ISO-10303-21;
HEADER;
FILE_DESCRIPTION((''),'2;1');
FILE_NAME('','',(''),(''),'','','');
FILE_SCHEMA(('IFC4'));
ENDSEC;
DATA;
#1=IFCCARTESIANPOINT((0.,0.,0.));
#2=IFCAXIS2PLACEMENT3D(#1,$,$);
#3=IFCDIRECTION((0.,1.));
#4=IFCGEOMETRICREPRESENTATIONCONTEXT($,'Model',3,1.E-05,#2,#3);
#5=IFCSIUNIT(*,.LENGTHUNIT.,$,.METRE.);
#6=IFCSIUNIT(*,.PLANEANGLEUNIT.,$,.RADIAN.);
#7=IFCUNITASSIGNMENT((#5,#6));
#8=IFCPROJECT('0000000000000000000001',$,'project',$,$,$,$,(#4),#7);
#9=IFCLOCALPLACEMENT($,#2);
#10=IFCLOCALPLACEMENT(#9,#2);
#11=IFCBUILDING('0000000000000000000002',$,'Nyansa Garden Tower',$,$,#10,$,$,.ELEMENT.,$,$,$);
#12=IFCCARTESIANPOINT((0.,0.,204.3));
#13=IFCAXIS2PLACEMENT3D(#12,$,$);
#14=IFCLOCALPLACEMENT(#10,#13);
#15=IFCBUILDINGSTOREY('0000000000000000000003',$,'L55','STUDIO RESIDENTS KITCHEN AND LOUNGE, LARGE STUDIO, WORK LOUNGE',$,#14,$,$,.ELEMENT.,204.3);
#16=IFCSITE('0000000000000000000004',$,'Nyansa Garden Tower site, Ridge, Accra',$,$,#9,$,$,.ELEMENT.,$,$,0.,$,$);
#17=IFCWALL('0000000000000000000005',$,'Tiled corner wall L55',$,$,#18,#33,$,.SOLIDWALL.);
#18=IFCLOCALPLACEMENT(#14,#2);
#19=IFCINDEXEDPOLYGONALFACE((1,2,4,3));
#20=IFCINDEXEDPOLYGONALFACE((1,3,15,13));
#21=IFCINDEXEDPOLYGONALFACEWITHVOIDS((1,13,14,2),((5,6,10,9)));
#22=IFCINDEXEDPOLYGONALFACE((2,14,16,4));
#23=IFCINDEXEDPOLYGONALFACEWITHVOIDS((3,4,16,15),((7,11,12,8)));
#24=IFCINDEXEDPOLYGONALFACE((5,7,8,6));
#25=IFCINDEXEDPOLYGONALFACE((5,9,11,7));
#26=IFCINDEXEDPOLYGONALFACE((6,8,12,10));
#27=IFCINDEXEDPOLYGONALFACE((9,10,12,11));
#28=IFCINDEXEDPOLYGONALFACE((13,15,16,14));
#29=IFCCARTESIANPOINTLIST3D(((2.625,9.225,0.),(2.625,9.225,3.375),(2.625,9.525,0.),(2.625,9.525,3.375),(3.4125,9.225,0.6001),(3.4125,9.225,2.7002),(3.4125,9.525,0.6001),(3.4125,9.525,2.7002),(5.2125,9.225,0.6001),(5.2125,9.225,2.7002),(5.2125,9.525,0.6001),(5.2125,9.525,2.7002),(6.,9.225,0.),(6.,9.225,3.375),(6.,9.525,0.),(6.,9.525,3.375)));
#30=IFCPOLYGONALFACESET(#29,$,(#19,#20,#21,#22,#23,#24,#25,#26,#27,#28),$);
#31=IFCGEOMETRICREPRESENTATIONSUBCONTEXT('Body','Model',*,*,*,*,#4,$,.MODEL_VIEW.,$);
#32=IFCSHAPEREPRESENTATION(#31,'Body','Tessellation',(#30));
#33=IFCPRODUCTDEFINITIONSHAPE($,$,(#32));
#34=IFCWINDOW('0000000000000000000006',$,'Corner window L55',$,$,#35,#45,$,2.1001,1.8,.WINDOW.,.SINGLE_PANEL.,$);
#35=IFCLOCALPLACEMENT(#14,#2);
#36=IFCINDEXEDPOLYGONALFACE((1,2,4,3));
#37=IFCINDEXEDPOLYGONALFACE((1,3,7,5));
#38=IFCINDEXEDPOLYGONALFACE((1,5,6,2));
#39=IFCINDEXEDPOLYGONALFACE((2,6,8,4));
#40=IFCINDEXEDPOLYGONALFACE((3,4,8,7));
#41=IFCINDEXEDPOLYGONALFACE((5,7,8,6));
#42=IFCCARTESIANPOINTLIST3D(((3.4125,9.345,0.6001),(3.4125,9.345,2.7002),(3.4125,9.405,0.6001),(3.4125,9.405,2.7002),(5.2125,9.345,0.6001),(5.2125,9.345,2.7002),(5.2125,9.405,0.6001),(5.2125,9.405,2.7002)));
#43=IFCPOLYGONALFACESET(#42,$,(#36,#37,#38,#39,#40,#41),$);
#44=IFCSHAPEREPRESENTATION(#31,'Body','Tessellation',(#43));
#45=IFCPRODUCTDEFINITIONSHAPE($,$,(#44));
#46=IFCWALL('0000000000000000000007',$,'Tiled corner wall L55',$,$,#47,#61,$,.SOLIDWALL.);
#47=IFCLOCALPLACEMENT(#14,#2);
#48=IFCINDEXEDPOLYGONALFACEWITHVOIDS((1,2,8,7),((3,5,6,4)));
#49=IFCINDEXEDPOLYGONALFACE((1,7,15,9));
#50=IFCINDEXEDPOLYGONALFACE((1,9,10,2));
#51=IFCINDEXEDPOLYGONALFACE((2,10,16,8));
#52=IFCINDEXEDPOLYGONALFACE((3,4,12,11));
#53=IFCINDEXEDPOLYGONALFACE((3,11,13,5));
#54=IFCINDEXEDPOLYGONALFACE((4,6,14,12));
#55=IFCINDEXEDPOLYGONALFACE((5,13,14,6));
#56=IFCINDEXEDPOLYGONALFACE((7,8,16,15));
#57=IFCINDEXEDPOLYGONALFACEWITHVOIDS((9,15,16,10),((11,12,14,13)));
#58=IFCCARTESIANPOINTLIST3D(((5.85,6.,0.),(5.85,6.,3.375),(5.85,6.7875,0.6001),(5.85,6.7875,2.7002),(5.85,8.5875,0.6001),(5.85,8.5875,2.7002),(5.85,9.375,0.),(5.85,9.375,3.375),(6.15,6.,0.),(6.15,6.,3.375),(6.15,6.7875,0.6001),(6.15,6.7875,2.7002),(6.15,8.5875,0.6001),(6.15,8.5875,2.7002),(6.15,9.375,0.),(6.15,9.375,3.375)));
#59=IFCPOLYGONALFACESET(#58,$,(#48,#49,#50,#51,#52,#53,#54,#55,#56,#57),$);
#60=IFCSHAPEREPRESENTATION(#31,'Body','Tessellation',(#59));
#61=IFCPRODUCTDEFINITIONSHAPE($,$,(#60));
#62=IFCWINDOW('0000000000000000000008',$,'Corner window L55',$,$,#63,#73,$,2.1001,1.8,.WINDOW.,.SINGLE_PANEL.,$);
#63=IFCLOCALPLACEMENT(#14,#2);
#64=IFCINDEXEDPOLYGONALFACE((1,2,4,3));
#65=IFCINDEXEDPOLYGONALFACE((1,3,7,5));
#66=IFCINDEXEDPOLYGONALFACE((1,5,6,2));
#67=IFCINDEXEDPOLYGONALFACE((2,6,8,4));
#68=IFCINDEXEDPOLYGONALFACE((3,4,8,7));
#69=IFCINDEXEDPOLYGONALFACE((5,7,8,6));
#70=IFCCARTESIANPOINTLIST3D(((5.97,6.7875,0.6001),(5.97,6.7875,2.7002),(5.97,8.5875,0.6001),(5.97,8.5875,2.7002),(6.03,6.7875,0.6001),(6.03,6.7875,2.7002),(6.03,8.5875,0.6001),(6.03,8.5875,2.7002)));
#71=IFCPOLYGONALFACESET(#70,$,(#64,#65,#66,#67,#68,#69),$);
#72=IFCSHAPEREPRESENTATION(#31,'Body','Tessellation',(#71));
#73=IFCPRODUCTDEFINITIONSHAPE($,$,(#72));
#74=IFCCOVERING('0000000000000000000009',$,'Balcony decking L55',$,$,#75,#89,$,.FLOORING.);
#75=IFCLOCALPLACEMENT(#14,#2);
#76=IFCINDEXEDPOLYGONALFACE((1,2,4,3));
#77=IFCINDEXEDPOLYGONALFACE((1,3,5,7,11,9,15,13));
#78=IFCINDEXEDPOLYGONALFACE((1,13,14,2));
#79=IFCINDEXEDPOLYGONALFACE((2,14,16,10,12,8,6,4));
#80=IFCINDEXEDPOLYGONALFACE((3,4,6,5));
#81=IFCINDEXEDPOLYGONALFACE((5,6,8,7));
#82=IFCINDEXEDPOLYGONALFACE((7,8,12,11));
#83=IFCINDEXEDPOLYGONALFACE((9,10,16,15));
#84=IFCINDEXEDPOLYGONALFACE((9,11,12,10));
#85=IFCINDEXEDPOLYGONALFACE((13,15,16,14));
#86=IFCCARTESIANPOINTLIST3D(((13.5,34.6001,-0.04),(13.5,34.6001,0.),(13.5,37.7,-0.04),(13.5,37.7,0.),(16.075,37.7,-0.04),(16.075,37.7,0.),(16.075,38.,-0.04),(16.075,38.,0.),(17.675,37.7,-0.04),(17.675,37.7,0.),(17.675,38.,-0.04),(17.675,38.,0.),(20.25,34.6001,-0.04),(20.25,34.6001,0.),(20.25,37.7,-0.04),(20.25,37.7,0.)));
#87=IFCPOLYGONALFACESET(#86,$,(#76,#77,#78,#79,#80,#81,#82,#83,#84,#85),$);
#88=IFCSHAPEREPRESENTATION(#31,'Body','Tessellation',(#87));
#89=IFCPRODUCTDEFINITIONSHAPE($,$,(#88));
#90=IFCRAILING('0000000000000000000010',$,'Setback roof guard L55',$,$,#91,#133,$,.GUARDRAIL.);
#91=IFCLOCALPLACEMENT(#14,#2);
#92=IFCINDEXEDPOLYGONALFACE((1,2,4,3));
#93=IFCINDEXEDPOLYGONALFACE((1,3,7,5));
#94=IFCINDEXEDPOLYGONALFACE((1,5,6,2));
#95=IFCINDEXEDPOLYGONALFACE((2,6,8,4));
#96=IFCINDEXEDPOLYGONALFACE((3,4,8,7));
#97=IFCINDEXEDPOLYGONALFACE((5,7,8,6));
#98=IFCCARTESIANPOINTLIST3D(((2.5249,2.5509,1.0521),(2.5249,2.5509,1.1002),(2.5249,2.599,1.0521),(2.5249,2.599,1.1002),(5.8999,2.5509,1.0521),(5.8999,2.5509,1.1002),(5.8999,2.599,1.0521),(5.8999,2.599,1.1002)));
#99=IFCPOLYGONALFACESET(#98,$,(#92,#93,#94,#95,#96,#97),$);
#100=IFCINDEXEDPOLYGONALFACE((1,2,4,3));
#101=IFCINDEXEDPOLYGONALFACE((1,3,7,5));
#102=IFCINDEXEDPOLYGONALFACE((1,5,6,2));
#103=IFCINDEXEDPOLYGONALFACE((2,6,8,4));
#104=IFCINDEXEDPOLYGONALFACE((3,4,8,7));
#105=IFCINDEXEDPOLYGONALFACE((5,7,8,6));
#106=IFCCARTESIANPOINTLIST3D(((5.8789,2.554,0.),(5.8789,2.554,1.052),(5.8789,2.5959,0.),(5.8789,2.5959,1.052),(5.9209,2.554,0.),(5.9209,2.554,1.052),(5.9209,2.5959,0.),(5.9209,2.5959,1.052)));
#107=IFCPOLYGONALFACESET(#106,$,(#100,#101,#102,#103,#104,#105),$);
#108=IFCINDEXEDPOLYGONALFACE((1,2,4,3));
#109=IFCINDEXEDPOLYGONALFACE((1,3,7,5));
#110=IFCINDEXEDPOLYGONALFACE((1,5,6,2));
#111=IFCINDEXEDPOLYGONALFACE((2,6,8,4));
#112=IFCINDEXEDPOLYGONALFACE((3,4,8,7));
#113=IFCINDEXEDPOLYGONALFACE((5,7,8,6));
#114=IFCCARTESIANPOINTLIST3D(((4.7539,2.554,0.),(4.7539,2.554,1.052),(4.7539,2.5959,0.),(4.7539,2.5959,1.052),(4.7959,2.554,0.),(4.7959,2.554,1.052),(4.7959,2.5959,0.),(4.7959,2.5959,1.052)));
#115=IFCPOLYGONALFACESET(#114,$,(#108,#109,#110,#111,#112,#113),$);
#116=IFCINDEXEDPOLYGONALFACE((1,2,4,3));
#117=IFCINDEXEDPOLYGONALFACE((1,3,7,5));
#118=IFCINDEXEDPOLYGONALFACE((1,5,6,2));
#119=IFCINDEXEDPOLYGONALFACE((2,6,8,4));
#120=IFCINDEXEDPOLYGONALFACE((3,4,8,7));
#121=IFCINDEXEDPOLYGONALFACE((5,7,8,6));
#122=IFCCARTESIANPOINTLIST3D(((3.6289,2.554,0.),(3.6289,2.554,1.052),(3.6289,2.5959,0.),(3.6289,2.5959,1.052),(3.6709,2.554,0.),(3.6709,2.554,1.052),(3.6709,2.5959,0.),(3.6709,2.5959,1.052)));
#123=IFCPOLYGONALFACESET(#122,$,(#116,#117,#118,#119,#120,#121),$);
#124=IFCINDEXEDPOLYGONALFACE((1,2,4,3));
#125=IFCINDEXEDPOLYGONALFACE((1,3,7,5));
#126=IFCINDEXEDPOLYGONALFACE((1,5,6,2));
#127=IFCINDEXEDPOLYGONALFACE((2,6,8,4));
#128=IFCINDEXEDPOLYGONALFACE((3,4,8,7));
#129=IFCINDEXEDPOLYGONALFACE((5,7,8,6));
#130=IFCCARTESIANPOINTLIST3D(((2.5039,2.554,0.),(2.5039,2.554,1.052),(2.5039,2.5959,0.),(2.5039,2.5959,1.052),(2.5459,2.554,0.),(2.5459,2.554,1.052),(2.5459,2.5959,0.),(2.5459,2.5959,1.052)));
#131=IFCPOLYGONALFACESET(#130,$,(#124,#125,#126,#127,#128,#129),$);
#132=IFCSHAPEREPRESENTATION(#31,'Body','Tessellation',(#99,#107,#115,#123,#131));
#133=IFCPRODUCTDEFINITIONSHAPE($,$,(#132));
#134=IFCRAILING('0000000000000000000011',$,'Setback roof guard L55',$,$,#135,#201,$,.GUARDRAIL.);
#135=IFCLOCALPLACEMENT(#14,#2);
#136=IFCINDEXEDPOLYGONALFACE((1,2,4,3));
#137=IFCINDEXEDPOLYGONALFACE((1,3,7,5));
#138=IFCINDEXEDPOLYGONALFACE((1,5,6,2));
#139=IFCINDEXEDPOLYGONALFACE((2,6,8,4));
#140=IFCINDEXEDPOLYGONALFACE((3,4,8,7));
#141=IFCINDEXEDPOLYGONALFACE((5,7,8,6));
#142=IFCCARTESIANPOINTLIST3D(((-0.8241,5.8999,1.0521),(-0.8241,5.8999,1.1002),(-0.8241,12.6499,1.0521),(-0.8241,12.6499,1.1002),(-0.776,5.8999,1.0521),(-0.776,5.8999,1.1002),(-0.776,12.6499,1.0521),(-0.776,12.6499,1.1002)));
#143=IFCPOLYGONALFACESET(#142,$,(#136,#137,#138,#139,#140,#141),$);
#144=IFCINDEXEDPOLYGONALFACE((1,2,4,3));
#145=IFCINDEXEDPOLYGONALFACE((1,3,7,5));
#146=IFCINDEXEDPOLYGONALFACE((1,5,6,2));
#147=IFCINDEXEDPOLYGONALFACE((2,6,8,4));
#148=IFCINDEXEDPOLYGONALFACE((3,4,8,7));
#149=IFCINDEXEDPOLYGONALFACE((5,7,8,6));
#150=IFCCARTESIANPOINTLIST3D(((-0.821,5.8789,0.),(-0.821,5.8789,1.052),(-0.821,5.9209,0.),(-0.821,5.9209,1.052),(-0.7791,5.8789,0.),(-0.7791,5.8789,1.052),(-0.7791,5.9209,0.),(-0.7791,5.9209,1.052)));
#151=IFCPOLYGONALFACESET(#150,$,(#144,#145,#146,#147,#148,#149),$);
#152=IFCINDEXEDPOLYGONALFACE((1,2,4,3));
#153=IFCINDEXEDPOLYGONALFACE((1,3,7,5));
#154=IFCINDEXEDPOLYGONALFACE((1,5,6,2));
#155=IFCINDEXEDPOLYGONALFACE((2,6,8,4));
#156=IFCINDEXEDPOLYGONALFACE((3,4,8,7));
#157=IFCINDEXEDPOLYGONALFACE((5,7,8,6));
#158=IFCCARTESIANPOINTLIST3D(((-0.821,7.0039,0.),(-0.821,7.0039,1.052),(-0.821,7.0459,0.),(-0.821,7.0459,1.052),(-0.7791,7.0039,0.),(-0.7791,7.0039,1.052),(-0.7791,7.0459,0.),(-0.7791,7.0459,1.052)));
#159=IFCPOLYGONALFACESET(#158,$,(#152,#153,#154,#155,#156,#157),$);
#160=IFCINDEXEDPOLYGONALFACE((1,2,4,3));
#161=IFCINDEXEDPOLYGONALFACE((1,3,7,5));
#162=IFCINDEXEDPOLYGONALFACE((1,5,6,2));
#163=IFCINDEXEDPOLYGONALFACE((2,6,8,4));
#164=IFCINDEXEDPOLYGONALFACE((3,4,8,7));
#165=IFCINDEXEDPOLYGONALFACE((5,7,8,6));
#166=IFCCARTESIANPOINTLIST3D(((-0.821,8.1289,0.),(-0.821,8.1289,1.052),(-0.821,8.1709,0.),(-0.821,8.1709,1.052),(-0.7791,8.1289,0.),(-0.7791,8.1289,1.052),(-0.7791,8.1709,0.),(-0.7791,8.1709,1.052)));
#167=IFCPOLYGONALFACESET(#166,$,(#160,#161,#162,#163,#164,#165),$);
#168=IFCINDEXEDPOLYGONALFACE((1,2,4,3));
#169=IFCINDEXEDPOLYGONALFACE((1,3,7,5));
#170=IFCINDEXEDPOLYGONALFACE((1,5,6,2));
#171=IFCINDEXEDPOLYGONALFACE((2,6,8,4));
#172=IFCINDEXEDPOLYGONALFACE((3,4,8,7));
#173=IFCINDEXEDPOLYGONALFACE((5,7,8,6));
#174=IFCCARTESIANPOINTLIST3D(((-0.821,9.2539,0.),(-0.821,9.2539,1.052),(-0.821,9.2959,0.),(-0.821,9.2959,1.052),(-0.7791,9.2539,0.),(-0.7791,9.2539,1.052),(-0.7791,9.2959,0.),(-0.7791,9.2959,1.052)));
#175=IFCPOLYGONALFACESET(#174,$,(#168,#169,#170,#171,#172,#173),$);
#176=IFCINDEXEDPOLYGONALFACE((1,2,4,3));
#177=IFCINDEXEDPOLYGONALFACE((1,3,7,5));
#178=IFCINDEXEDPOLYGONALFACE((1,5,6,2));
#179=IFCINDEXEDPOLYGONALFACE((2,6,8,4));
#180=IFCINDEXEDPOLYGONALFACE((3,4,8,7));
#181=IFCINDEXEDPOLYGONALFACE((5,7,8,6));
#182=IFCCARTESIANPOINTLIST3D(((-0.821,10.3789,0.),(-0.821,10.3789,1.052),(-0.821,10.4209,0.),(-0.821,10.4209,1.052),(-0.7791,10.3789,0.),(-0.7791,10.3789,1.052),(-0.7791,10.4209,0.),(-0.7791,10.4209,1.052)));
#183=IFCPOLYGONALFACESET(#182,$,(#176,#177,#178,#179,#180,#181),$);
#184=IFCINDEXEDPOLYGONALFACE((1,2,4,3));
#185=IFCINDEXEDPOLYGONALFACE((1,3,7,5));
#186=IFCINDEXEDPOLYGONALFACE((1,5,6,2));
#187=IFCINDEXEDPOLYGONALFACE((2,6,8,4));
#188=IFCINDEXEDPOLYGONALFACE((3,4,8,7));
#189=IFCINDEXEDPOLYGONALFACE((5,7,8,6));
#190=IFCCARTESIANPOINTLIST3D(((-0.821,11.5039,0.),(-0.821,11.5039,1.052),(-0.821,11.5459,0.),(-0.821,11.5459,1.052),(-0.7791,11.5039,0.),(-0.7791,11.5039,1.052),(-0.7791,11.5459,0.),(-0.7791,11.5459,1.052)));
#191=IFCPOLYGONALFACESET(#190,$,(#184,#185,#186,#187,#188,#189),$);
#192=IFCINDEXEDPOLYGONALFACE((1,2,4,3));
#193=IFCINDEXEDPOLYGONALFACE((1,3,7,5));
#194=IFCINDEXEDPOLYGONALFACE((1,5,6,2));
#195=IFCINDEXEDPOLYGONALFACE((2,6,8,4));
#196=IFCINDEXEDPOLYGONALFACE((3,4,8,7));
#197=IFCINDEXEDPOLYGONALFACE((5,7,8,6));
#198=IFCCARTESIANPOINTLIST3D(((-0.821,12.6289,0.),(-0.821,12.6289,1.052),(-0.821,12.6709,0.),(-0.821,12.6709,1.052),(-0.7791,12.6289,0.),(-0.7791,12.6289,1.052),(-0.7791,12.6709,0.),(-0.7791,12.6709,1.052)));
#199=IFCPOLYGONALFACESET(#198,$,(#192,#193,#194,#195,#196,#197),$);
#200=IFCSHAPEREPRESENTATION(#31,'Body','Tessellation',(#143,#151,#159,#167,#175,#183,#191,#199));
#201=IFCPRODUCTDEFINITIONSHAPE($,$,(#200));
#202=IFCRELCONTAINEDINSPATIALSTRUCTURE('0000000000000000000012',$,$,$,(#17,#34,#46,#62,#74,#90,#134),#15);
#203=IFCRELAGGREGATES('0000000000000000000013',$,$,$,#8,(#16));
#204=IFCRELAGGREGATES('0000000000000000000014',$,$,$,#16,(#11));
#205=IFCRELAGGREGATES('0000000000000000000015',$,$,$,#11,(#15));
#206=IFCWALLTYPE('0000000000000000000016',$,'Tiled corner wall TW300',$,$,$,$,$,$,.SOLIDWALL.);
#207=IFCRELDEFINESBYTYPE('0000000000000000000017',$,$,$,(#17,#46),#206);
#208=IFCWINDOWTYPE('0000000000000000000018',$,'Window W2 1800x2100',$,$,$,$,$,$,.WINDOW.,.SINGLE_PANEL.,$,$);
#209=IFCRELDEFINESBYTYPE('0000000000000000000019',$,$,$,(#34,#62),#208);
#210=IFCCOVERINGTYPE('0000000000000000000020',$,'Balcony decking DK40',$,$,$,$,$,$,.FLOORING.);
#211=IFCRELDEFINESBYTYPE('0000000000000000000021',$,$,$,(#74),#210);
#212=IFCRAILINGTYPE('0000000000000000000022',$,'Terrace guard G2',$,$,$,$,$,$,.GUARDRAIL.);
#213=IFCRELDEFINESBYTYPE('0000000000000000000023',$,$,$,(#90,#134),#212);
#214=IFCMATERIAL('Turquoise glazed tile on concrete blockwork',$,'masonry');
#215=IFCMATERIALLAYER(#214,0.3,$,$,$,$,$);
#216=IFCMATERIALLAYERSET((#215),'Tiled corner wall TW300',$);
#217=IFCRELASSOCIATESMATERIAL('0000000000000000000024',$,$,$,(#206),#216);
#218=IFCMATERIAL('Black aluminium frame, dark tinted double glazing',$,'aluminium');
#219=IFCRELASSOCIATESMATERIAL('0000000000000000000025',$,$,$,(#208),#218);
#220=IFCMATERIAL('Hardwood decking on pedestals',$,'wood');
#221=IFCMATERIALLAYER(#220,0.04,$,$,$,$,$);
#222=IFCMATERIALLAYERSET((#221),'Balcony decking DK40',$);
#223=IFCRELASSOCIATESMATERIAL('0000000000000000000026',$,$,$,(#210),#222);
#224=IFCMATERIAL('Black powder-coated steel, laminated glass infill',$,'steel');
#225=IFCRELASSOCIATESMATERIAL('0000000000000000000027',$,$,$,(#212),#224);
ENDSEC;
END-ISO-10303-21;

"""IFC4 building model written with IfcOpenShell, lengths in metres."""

from ifc_helpers import new_model, si_unit, direction, frame, frame_2d, origin, origin_2d, place, context, subcontext, project, spatial, polyline, rectangle, outline, extrude, material, layer, layer_set, type_object, element, fill, save


model = new_model("IFC4")

# Units and contexts
model_context = context("Model", 3, precision=1e-05, world=origin(), true_north=direction((0.0, 1.0)))
body_context = subcontext(model_context, "Body", "Model", "MODEL_VIEW")
ifc_project = project(units=[si_unit("LENGTHUNIT", "METRE"), si_unit("PLANEANGLEUNIT", "RADIAN")], contexts=[model_context])

# Site, building, storey
site_placement = place(None, origin())
site = spatial("IfcSite", under=ifc_project, at=site_placement, Name="Nyansa Garden Tower site, Ridge, Accra", CompositionType="ELEMENT", RefElevation=0.0)
building_placement = place(site_placement, origin())
building = spatial("IfcBuilding", under=site, at=building_placement, Name="Nyansa Garden Tower", CompositionType="ELEMENT")
storey_placement = place(building_placement, frame((0.0, 0.0, 204.3)))
storey = spatial("IfcBuildingStorey", under=building, at=storey_placement, Name="L55", Description="STUDIO RESIDENTS KITCHEN AND LOUNGE, LARGE STUDIO, WORK LOUNGE", CompositionType="ELEMENT", Elevation=204.3)

# Walls, openings, windows
ifc_material_1 = material(Name="Turquoise glazed tile on concrete blockwork", Category="masonry")
ifc_layer_1 = layer(ifc_material_1, 0.3)
ifc_layer_set_1 = layer_set([ifc_layer_1], Name="Tiled corner wall TW300")
wall_type_1 = type_object("IfcWallType", Name="Tiled corner wall TW300", PredefinedType="SOLIDWALL", material=ifc_layer_set_1)
wall_1_placement = place(storey_placement, frame((2.625, 9.375, 0.0), z_axis=(0.0, 0.0, 1.0), x_axis=(1.0, 0.0, 0.0)))
wall_1 = element("IfcWall", 1, at=wall_1_placement, inside=storey, type_object=wall_type_1, Name="Tiled corner wall L55", PredefinedType="SOLIDWALL", context=body_context, shape_type="SweptSolid", body=[
    extrude(rectangle(XDim=3.375, YDim=0.3, at=frame_2d((1.6875, 0.0))), origin(), (0.0, 0.0, 1.0), 3.375),
])
opening_1_placement = place(wall_1_placement, frame((0.7876, 0.0, 0.6001)))
opening_1 = element("IfcOpeningElement", 2, at=opening_1_placement, cuts=wall_1, PredefinedType="OPENING", context=body_context, shape_type="SweptSolid", body=[
    extrude(rectangle(XDim=1.8, YDim=2.1001, at=frame_2d((0.8999, 1.05))), frame((0.0, 0.1599, 0.0), z_axis=(0.0, -1.0, 0.0), x_axis=(1.0, 0.0, 0.0)), (0.0, 0.0, 1.0), 0.3201),
])
ifc_material_2 = material(Name="Black aluminium frame, dark tinted double glazing", Category="aluminium")
window_type = type_object("IfcWindowType", Name="Window W2 1800x2100", PartitioningType="SINGLE_PANEL", PredefinedType="WINDOW", material=ifc_material_2)
window_1_placement = place(opening_1_placement, origin())
window_1 = element("IfcWindow", 3, at=window_1_placement, inside=storey, type_object=window_type, Name="Corner window L55", OverallHeight=2.1001, OverallWidth=1.8, PartitioningType="SINGLE_PANEL", PredefinedType="WINDOW", context=body_context, shape_type="SweptSolid", body=[
    extrude(rectangle(XDim=1.8, YDim=2.1001, at=frame_2d((0.8999, 1.05))), frame((0.0, 0.03, 0.0), z_axis=(0.0, -1.0, 0.0), x_axis=(1.0, 0.0, 0.0)), (0.0, 0.0, 1.0), 0.0601),
])
fill(opening_1, window_1)
wall_2_placement = place(storey_placement, frame((6.0, 9.375, 0.0), z_axis=(0.0, 0.0, 1.0), x_axis=(0.0, -1.0, 0.0)))
wall_2 = element("IfcWall", 4, at=wall_2_placement, inside=storey, type_object=wall_type_1, Name="Tiled corner wall L55", PredefinedType="SOLIDWALL", context=body_context, shape_type="SweptSolid", body=[
    extrude(rectangle(XDim=3.375, YDim=0.3, at=frame_2d((1.6875, 0.0))), origin(), (0.0, 0.0, 1.0), 3.375),
])
opening_2_placement = place(wall_2_placement, frame((0.7876, 0.0, 0.6001)))
opening_2 = element("IfcOpeningElement", 5, at=opening_2_placement, cuts=wall_2, PredefinedType="OPENING", context=body_context, shape_type="SweptSolid", body=[
    extrude(rectangle(XDim=1.8, YDim=2.1001, at=frame_2d((0.8999, 1.05))), frame((0.0, 0.1599, 0.0), z_axis=(0.0, -1.0, 0.0), x_axis=(1.0, 0.0, 0.0)), (0.0, 0.0, 1.0), 0.3201),
])
window_2_placement = place(opening_2_placement, origin())
window_2 = element("IfcWindow", 6, at=window_2_placement, inside=storey, type_object=window_type, Name="Corner window L55", OverallHeight=2.1001, OverallWidth=1.8, PartitioningType="SINGLE_PANEL", PredefinedType="WINDOW", context=body_context, shape_type="SweptSolid", body=[
    extrude(rectangle(XDim=1.8, YDim=2.1001, at=frame_2d((0.8999, 1.05))), frame((0.0, 0.03, 0.0), z_axis=(0.0, -1.0, 0.0), x_axis=(1.0, 0.0, 0.0)), (0.0, 0.0, 1.0), 0.0601),
])
fill(opening_2, window_2)

# Covering
ifc_material_3 = material(Name="Hardwood decking on pedestals", Category="wood")
ifc_layer_2 = layer(ifc_material_3, 0.04)
ifc_layer_set_2 = layer_set([ifc_layer_2], Name="Balcony decking DK40")
covering_type_1 = type_object("IfcCoveringType", Name="Balcony decking DK40", PredefinedType="FLOORING", material=ifc_layer_set_2)
covering_1_placement = place(storey_placement, frame((0.0, 0.0, -0.04)))
element("IfcCovering", 7, at=covering_1_placement, inside=storey, type_object=covering_type_1, Name="Balcony decking L55", PredefinedType="FLOORING", context=body_context, shape_type="SweptSolid", body=[
    extrude(outline(polyline([(13.5, 34.6001), (20.25, 34.6001), (20.25, 37.7), (17.675, 37.7), (17.675, 38.0), (16.075, 38.0), (16.075, 37.7), (13.5, 37.7), (13.5, 34.6001)])), origin(), (0.0, 0.0, 1.0), 0.04),
])

# Railings
ifc_material_4 = material(Name="Black powder-coated steel, laminated glass infill", Category="steel")
railing_type = type_object("IfcRailingType", Name="Terrace guard G2", PredefinedType="GUARDRAIL", material=ifc_material_4)
railing_1_placement = place(storey_placement, frame((5.8999, 2.575, 0.0)))
element("IfcRailing", 8, at=railing_1_placement, inside=storey, type_object=railing_type, Name="Setback roof guard L55", PredefinedType="GUARDRAIL", context=body_context, shape_type="SweptSolid", body=[
    extrude(rectangle(XDim=0.0481, YDim=0.0481, at=origin_2d()), frame((0.0, 0.0, 1.0762), z_axis=(-1.0, 0.0, 0.0), x_axis=(0.0, -1.0, 0.0)), (0.0, 0.0, 1.0), 3.375),
    extrude(rectangle(XDim=0.042, YDim=0.042, at=origin_2d()), origin(), (0.0, 0.0, 1.0), 1.052),
    extrude(rectangle(XDim=0.042, YDim=0.042, at=origin_2d()), frame((-1.125, 0.0, 0.0)), (0.0, 0.0, 1.0), 1.052),
    extrude(rectangle(XDim=0.042, YDim=0.042, at=origin_2d()), frame((-2.25, 0.0, 0.0)), (0.0, 0.0, 1.0), 1.052),
    extrude(rectangle(XDim=0.042, YDim=0.042, at=origin_2d()), frame((-3.375, 0.0, 0.0)), (0.0, 0.0, 1.0), 1.052),
])
railing_2_placement = place(storey_placement, frame((-0.8, 5.8999, 0.0)))
element("IfcRailing", 9, at=railing_2_placement, inside=storey, type_object=railing_type, Name="Setback roof guard L55", PredefinedType="GUARDRAIL", context=body_context, shape_type="SweptSolid", body=[
    extrude(rectangle(XDim=0.0481, YDim=0.0481, at=origin_2d()), frame((0.0, 0.0, 1.0762), z_axis=(0.0, 1.0, 0.0), x_axis=(-1.0, 0.0, 0.0)), (0.0, 0.0, 1.0), 6.75),
    extrude(rectangle(XDim=0.042, YDim=0.042, at=origin_2d()), origin(), (0.0, 0.0, 1.0), 1.052),
    extrude(rectangle(XDim=0.042, YDim=0.042, at=origin_2d()), frame((0.0, 1.125, 0.0)), (0.0, 0.0, 1.0), 1.052),
    extrude(rectangle(XDim=0.042, YDim=0.042, at=origin_2d()), frame((0.0, 2.25, 0.0)), (0.0, 0.0, 1.0), 1.052),
    extrude(rectangle(XDim=0.042, YDim=0.042, at=origin_2d()), frame((0.0, 3.375, 0.0)), (0.0, 0.0, 1.0), 1.052),
    extrude(rectangle(XDim=0.042, YDim=0.042, at=origin_2d()), frame((0.0, 4.5, 0.0)), (0.0, 0.0, 1.0), 1.052),
    extrude(rectangle(XDim=0.042, YDim=0.042, at=origin_2d()), frame((0.0, 5.625, 0.0)), (0.0, 0.0, 1.0), 1.052),
    extrude(rectangle(XDim=0.042, YDim=0.042, at=origin_2d()), frame((0.0, 6.75, 0.0)), (0.0, 0.0, 1.0), 1.052),
])

save(model, "model.ifc")
